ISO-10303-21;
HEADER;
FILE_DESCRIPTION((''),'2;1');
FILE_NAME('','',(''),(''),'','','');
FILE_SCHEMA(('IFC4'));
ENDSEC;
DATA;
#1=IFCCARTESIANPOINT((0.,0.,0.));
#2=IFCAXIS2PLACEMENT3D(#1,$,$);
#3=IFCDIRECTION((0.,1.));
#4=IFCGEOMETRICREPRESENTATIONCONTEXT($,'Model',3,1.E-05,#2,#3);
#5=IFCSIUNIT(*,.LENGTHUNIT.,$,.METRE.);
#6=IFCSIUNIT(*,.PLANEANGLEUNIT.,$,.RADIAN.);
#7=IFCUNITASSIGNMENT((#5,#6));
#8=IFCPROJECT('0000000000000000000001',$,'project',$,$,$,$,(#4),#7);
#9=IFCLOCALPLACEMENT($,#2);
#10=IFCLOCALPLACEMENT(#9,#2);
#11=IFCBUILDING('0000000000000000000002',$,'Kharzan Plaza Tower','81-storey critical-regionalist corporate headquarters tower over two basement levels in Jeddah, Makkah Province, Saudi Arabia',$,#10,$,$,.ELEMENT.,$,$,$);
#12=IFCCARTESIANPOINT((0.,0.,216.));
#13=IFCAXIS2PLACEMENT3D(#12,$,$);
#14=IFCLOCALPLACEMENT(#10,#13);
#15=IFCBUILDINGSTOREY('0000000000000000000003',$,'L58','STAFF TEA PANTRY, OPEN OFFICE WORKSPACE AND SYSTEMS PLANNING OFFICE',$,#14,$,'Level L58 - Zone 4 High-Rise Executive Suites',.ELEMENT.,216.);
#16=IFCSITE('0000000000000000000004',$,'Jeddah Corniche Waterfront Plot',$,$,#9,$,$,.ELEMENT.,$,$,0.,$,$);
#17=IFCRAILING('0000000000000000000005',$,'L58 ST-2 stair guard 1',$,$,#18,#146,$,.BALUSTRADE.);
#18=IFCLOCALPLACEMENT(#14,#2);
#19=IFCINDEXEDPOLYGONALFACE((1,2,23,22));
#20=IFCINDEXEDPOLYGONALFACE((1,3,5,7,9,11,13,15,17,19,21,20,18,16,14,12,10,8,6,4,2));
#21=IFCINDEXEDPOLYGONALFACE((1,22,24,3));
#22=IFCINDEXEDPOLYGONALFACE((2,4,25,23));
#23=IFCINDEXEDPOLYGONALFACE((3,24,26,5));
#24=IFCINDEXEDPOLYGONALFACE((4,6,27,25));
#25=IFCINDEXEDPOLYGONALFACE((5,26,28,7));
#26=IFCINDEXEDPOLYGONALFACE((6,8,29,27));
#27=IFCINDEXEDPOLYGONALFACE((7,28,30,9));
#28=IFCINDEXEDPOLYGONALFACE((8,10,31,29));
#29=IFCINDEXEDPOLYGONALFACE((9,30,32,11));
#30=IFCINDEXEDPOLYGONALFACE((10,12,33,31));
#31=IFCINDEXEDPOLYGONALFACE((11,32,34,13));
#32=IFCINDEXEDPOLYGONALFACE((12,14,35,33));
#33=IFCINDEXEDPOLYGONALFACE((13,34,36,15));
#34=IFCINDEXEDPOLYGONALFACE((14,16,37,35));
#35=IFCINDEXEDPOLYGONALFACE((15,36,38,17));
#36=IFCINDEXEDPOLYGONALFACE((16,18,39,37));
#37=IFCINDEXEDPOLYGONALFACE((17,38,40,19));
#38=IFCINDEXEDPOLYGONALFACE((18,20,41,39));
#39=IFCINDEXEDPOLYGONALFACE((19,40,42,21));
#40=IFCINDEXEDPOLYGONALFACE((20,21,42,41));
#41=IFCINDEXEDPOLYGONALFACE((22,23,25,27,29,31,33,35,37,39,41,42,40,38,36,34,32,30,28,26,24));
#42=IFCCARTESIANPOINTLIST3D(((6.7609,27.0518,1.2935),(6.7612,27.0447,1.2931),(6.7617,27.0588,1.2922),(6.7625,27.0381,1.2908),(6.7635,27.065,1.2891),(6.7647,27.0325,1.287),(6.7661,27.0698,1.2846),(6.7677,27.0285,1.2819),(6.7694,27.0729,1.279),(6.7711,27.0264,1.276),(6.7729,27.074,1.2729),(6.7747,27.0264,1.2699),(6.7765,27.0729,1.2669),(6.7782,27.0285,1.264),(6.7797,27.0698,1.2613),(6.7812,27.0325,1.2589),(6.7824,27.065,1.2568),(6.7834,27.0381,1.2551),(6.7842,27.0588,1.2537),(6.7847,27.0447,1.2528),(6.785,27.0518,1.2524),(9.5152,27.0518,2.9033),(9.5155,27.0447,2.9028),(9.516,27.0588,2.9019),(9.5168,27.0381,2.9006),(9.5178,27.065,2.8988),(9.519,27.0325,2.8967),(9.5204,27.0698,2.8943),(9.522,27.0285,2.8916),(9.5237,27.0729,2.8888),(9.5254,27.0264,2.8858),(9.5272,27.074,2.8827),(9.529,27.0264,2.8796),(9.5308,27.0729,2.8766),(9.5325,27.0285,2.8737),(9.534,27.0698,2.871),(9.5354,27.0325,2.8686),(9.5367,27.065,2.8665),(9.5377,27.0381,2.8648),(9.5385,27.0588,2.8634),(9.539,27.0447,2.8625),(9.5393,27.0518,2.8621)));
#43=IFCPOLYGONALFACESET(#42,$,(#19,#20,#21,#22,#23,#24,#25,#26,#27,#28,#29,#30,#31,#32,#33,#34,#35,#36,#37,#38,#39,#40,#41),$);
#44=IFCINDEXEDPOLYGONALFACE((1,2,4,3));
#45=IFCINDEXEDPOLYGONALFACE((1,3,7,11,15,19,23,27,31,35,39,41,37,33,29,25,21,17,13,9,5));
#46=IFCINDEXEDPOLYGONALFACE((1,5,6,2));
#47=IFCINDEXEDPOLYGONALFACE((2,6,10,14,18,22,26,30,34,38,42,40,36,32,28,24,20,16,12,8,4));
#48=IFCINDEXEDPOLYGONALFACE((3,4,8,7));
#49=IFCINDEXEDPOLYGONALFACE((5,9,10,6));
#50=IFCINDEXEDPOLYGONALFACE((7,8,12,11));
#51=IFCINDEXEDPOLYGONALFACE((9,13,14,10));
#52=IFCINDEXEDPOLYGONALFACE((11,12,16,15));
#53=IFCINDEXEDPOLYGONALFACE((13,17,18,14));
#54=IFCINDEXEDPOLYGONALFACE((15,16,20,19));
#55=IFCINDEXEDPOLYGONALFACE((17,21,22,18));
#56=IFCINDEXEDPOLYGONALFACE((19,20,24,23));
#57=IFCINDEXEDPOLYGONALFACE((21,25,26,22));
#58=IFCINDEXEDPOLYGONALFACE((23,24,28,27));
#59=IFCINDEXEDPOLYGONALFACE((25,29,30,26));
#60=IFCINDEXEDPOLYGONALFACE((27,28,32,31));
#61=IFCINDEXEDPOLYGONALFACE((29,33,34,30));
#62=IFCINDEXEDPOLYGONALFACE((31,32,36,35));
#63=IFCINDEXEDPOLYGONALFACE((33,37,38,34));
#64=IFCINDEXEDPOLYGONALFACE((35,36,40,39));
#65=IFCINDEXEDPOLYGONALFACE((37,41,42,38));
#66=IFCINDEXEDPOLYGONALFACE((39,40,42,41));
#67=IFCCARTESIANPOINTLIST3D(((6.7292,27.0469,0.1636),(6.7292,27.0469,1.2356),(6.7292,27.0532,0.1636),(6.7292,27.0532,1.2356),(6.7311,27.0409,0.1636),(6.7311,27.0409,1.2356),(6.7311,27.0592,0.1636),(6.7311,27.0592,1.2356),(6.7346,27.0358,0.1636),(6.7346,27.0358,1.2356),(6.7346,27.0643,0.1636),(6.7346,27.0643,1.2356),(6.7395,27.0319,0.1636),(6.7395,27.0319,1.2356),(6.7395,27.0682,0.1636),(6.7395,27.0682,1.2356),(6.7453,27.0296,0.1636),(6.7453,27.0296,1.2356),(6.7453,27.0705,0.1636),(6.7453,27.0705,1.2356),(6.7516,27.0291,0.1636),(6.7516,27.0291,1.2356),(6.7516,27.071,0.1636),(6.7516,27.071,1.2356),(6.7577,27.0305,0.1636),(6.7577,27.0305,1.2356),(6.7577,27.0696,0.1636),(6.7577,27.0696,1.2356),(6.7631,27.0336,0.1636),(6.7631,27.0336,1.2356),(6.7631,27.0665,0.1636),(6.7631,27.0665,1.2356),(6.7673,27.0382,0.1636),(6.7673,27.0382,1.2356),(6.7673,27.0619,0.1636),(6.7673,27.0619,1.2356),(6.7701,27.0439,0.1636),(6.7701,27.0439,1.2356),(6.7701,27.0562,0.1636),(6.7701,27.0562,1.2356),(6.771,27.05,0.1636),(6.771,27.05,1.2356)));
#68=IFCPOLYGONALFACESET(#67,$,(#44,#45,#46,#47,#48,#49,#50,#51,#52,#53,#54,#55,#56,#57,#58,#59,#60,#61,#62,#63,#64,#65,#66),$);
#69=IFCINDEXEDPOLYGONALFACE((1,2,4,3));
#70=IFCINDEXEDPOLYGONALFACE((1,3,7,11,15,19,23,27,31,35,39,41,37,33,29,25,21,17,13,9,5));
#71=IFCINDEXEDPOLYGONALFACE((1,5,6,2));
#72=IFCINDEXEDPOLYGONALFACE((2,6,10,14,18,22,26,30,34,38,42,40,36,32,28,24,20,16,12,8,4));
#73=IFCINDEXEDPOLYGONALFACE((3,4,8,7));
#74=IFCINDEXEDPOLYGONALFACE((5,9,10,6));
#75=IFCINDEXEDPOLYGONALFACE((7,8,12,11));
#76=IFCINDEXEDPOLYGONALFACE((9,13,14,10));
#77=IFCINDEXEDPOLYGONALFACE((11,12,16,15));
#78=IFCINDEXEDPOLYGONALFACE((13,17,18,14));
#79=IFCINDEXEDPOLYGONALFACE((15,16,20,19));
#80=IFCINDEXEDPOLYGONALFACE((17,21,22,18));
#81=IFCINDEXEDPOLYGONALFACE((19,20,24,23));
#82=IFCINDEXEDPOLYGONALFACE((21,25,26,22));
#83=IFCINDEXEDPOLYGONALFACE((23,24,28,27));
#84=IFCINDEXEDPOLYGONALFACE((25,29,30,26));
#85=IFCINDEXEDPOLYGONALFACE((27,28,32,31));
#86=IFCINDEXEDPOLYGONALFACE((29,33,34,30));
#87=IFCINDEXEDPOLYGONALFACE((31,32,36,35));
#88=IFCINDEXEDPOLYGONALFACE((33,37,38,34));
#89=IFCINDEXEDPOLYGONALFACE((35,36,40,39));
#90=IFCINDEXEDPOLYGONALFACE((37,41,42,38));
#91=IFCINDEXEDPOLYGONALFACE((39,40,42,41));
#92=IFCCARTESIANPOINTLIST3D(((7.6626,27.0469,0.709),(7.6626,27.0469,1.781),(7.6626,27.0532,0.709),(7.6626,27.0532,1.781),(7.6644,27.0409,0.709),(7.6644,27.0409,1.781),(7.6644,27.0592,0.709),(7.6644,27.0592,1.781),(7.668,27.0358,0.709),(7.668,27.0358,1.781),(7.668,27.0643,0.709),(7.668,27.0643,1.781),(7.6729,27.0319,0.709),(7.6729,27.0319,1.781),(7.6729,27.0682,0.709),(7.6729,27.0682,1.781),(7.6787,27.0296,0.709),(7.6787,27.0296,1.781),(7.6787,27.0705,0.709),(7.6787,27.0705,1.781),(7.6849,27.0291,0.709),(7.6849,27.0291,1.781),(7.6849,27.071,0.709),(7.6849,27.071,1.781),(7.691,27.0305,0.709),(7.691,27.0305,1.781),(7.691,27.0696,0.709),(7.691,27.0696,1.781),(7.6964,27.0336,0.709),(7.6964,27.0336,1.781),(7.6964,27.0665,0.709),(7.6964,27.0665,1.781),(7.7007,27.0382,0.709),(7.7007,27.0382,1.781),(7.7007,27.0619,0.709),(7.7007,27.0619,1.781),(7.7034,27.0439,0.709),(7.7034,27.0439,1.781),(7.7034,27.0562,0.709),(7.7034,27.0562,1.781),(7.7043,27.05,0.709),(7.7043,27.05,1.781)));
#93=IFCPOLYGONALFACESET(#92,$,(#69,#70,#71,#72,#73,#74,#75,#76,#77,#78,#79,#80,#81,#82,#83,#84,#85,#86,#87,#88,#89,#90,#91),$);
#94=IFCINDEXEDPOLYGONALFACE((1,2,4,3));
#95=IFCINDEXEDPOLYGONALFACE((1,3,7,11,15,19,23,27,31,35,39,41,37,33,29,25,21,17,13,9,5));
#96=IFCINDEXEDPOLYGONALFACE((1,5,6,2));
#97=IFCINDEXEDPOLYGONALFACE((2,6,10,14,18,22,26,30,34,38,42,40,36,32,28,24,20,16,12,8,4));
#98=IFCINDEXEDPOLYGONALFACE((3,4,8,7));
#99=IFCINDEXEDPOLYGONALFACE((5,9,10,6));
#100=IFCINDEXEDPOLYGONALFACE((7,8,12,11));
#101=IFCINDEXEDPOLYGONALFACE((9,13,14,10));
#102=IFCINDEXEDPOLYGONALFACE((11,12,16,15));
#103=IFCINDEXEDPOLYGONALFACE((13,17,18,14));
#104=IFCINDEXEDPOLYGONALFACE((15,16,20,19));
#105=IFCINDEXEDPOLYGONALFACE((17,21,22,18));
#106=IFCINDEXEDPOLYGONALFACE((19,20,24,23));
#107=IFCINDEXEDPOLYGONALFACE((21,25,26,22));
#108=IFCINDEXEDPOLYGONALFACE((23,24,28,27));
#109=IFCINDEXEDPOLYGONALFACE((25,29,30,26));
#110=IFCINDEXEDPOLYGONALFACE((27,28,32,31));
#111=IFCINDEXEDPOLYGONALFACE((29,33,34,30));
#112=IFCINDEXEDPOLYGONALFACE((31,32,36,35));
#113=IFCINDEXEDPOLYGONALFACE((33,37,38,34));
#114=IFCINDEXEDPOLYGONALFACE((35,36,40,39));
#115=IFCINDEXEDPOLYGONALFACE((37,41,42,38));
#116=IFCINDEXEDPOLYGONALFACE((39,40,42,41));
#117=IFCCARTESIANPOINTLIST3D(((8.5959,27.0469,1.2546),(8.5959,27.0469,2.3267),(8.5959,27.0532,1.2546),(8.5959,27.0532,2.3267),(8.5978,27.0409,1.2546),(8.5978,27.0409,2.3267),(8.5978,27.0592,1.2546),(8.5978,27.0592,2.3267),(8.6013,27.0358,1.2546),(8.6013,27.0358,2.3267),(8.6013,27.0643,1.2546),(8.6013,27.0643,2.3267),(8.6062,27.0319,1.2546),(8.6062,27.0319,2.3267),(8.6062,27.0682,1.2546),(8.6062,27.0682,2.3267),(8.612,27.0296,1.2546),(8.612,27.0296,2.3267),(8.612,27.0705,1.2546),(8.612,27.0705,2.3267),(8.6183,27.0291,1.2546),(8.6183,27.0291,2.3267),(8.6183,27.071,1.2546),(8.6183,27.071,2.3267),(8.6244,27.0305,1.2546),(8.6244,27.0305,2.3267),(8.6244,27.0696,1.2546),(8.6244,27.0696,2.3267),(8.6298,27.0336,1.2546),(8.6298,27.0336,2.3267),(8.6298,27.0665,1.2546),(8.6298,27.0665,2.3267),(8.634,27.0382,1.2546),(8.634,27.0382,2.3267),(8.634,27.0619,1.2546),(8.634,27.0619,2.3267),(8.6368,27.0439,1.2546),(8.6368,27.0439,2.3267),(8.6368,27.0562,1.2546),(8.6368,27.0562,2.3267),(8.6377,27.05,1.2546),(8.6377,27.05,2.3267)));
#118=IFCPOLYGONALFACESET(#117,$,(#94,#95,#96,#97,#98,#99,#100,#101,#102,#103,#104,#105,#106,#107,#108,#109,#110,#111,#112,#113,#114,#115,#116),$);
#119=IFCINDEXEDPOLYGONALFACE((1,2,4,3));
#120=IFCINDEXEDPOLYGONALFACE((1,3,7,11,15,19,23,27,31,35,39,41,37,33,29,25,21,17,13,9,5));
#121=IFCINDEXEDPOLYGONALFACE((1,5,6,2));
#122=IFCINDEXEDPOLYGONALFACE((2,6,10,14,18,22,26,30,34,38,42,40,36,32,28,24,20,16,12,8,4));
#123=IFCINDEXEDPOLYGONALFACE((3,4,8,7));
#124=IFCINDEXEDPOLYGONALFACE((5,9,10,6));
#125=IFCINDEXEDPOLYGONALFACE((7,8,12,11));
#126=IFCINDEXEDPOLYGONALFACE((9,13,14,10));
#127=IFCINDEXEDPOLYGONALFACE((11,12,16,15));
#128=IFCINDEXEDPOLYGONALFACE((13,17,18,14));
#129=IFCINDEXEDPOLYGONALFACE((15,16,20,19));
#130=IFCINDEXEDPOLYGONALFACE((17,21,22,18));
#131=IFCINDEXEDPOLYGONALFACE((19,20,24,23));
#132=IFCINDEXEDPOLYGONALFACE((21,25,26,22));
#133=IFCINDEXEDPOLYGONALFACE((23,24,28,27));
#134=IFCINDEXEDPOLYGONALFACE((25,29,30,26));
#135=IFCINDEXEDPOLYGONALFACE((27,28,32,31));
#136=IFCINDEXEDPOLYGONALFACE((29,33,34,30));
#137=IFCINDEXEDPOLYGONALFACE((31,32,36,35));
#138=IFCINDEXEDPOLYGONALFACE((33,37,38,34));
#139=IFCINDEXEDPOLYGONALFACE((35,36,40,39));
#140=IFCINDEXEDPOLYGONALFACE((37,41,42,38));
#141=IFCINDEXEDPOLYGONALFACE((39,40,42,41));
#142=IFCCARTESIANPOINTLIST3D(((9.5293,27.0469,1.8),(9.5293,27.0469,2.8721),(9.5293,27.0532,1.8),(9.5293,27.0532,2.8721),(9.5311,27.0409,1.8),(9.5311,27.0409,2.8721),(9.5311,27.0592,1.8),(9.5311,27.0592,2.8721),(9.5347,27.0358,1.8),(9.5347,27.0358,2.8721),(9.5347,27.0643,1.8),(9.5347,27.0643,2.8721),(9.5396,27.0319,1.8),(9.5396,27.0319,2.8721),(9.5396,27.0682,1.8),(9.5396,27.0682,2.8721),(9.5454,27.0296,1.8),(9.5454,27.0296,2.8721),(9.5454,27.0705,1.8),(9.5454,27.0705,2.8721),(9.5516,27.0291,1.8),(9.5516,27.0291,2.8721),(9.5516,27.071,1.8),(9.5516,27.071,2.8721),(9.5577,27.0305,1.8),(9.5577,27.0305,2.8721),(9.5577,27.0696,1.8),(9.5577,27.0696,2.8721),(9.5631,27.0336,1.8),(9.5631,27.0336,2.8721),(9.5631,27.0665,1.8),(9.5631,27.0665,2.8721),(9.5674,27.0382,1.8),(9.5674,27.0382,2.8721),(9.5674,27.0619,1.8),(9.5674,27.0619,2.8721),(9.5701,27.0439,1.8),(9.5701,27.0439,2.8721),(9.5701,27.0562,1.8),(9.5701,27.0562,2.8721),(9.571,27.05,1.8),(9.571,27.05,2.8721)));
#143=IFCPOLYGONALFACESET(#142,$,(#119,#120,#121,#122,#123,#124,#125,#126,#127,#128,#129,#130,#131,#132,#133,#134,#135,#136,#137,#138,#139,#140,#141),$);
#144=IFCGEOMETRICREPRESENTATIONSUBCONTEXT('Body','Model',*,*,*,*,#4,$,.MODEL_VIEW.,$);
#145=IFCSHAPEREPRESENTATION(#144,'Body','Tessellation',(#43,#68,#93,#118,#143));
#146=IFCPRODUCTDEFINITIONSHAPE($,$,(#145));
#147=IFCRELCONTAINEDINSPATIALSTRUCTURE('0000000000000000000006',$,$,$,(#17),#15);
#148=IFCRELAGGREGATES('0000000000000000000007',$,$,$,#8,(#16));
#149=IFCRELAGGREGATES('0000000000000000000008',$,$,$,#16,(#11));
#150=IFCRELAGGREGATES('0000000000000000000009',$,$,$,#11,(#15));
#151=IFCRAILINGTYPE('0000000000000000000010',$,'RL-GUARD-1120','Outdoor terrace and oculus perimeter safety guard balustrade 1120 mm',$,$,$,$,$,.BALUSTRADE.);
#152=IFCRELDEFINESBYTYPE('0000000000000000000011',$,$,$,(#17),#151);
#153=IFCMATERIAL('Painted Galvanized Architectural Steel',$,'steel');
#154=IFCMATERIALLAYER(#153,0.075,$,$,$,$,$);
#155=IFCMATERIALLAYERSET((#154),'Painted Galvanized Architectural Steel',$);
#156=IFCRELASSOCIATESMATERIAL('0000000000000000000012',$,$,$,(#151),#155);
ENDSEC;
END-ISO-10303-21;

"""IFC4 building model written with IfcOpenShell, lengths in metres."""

from ifc_helpers import new_model, si_unit, direction, frame, origin, origin_2d, place, context, subcontext, project, spatial, circle, extrude, source, transform, mapped, material, layer, layer_set, type_object, element, save


model = new_model("IFC4")

# Units and contexts
model_context = context("Model", 3, precision=1e-05, world=origin(), true_north=direction((0.0, 1.0)))
body_context = subcontext(model_context, "Body", "Model", "MODEL_VIEW")
ifc_project = project(units=[si_unit("LENGTHUNIT", "METRE"), si_unit("PLANEANGLEUNIT", "RADIAN")], contexts=[model_context])

# Site, building, storey
site_placement = place(None, origin())
site = spatial("IfcSite", under=ifc_project, at=site_placement, Name="Jeddah Corniche Waterfront Plot", CompositionType="ELEMENT", RefElevation=0.0)
building_placement = place(site_placement, origin())
building = spatial("IfcBuilding", under=site, at=building_placement, Name="Kharzan Plaza Tower", Description="81-storey critical-regionalist corporate headquarters tower over two basement levels in Jeddah, Makkah Province, Saudi Arabia", CompositionType="ELEMENT")
storey_placement = place(building_placement, frame((0.0, 0.0, 216.0)))
storey = spatial("IfcBuildingStorey", under=building, at=storey_placement, Name="L58", Description="STAFF TEA PANTRY, OPEN OFFICE WORKSPACE AND SYSTEMS PLANNING OFFICE", LongName="Level L58 - Zone 4 High-Rise Executive Suites", CompositionType="ELEMENT", Elevation=216.0)

# Railing
ifc_material_1 = material(Name="Painted Galvanized Architectural Steel", Category="steel")
ifc_layer_1 = layer(ifc_material_1, 0.075)
ifc_layer_set_1 = layer_set([ifc_layer_1], Name="Painted Galvanized Architectural Steel")
railing_type_1 = type_object("IfcRailingType", Name="RL-GUARD-1120", Description="Outdoor terrace and oculus perimeter safety guard balustrade 1120 mm", PredefinedType="BALUSTRADE", material=ifc_layer_set_1)
shared_shape_1 = source(origin(), body_context, "Body", "SweptSolid", [
    extrude(circle(Radius=0.0239, at=origin_2d()), frame((0.0229, 0.0, 1.1094), z_axis=(0.863361, 0.0, 0.504587), x_axis=(0.0, 1.0, 0.0)), (0.0, 0.0, 1.0), 3.1902),
    extrude(circle(Radius=0.021, at=origin_2d()), origin(), (0.0, 0.0, 1.0), 1.072),
    extrude(circle(Radius=0.021, at=origin_2d()), frame((0.9333, 0.0, 0.5454)), (0.0, 0.0, 1.0), 1.072),
    extrude(circle(Radius=0.021, at=origin_2d()), frame((1.8667, 0.0, 1.0911)), (0.0, 0.0, 1.0), 1.072),
    extrude(circle(Radius=0.021, at=origin_2d()), frame((2.8, 0.0, 1.6365)), (0.0, 0.0, 1.0), 1.072),
])
railing_1_placement = place(storey_placement, frame((6.75, 27.05, 0.1636)))
element("IfcRailing", 1, at=railing_1_placement, inside=storey, type_object=railing_type_1, Name="L58 ST-2 stair guard 1", PredefinedType="BALUSTRADE", context=body_context, shape_type="MappedRepresentation", body=[
    mapped(shared_shape_1, transform((0.0, 0.0, 0.0), x_axis=(1.0, 0.0, 0.0), y_axis=(0.0, 1.0, 0.0), z_axis=(0.0, 0.0, 1.0))),
])

save(model, "model.ifc")
